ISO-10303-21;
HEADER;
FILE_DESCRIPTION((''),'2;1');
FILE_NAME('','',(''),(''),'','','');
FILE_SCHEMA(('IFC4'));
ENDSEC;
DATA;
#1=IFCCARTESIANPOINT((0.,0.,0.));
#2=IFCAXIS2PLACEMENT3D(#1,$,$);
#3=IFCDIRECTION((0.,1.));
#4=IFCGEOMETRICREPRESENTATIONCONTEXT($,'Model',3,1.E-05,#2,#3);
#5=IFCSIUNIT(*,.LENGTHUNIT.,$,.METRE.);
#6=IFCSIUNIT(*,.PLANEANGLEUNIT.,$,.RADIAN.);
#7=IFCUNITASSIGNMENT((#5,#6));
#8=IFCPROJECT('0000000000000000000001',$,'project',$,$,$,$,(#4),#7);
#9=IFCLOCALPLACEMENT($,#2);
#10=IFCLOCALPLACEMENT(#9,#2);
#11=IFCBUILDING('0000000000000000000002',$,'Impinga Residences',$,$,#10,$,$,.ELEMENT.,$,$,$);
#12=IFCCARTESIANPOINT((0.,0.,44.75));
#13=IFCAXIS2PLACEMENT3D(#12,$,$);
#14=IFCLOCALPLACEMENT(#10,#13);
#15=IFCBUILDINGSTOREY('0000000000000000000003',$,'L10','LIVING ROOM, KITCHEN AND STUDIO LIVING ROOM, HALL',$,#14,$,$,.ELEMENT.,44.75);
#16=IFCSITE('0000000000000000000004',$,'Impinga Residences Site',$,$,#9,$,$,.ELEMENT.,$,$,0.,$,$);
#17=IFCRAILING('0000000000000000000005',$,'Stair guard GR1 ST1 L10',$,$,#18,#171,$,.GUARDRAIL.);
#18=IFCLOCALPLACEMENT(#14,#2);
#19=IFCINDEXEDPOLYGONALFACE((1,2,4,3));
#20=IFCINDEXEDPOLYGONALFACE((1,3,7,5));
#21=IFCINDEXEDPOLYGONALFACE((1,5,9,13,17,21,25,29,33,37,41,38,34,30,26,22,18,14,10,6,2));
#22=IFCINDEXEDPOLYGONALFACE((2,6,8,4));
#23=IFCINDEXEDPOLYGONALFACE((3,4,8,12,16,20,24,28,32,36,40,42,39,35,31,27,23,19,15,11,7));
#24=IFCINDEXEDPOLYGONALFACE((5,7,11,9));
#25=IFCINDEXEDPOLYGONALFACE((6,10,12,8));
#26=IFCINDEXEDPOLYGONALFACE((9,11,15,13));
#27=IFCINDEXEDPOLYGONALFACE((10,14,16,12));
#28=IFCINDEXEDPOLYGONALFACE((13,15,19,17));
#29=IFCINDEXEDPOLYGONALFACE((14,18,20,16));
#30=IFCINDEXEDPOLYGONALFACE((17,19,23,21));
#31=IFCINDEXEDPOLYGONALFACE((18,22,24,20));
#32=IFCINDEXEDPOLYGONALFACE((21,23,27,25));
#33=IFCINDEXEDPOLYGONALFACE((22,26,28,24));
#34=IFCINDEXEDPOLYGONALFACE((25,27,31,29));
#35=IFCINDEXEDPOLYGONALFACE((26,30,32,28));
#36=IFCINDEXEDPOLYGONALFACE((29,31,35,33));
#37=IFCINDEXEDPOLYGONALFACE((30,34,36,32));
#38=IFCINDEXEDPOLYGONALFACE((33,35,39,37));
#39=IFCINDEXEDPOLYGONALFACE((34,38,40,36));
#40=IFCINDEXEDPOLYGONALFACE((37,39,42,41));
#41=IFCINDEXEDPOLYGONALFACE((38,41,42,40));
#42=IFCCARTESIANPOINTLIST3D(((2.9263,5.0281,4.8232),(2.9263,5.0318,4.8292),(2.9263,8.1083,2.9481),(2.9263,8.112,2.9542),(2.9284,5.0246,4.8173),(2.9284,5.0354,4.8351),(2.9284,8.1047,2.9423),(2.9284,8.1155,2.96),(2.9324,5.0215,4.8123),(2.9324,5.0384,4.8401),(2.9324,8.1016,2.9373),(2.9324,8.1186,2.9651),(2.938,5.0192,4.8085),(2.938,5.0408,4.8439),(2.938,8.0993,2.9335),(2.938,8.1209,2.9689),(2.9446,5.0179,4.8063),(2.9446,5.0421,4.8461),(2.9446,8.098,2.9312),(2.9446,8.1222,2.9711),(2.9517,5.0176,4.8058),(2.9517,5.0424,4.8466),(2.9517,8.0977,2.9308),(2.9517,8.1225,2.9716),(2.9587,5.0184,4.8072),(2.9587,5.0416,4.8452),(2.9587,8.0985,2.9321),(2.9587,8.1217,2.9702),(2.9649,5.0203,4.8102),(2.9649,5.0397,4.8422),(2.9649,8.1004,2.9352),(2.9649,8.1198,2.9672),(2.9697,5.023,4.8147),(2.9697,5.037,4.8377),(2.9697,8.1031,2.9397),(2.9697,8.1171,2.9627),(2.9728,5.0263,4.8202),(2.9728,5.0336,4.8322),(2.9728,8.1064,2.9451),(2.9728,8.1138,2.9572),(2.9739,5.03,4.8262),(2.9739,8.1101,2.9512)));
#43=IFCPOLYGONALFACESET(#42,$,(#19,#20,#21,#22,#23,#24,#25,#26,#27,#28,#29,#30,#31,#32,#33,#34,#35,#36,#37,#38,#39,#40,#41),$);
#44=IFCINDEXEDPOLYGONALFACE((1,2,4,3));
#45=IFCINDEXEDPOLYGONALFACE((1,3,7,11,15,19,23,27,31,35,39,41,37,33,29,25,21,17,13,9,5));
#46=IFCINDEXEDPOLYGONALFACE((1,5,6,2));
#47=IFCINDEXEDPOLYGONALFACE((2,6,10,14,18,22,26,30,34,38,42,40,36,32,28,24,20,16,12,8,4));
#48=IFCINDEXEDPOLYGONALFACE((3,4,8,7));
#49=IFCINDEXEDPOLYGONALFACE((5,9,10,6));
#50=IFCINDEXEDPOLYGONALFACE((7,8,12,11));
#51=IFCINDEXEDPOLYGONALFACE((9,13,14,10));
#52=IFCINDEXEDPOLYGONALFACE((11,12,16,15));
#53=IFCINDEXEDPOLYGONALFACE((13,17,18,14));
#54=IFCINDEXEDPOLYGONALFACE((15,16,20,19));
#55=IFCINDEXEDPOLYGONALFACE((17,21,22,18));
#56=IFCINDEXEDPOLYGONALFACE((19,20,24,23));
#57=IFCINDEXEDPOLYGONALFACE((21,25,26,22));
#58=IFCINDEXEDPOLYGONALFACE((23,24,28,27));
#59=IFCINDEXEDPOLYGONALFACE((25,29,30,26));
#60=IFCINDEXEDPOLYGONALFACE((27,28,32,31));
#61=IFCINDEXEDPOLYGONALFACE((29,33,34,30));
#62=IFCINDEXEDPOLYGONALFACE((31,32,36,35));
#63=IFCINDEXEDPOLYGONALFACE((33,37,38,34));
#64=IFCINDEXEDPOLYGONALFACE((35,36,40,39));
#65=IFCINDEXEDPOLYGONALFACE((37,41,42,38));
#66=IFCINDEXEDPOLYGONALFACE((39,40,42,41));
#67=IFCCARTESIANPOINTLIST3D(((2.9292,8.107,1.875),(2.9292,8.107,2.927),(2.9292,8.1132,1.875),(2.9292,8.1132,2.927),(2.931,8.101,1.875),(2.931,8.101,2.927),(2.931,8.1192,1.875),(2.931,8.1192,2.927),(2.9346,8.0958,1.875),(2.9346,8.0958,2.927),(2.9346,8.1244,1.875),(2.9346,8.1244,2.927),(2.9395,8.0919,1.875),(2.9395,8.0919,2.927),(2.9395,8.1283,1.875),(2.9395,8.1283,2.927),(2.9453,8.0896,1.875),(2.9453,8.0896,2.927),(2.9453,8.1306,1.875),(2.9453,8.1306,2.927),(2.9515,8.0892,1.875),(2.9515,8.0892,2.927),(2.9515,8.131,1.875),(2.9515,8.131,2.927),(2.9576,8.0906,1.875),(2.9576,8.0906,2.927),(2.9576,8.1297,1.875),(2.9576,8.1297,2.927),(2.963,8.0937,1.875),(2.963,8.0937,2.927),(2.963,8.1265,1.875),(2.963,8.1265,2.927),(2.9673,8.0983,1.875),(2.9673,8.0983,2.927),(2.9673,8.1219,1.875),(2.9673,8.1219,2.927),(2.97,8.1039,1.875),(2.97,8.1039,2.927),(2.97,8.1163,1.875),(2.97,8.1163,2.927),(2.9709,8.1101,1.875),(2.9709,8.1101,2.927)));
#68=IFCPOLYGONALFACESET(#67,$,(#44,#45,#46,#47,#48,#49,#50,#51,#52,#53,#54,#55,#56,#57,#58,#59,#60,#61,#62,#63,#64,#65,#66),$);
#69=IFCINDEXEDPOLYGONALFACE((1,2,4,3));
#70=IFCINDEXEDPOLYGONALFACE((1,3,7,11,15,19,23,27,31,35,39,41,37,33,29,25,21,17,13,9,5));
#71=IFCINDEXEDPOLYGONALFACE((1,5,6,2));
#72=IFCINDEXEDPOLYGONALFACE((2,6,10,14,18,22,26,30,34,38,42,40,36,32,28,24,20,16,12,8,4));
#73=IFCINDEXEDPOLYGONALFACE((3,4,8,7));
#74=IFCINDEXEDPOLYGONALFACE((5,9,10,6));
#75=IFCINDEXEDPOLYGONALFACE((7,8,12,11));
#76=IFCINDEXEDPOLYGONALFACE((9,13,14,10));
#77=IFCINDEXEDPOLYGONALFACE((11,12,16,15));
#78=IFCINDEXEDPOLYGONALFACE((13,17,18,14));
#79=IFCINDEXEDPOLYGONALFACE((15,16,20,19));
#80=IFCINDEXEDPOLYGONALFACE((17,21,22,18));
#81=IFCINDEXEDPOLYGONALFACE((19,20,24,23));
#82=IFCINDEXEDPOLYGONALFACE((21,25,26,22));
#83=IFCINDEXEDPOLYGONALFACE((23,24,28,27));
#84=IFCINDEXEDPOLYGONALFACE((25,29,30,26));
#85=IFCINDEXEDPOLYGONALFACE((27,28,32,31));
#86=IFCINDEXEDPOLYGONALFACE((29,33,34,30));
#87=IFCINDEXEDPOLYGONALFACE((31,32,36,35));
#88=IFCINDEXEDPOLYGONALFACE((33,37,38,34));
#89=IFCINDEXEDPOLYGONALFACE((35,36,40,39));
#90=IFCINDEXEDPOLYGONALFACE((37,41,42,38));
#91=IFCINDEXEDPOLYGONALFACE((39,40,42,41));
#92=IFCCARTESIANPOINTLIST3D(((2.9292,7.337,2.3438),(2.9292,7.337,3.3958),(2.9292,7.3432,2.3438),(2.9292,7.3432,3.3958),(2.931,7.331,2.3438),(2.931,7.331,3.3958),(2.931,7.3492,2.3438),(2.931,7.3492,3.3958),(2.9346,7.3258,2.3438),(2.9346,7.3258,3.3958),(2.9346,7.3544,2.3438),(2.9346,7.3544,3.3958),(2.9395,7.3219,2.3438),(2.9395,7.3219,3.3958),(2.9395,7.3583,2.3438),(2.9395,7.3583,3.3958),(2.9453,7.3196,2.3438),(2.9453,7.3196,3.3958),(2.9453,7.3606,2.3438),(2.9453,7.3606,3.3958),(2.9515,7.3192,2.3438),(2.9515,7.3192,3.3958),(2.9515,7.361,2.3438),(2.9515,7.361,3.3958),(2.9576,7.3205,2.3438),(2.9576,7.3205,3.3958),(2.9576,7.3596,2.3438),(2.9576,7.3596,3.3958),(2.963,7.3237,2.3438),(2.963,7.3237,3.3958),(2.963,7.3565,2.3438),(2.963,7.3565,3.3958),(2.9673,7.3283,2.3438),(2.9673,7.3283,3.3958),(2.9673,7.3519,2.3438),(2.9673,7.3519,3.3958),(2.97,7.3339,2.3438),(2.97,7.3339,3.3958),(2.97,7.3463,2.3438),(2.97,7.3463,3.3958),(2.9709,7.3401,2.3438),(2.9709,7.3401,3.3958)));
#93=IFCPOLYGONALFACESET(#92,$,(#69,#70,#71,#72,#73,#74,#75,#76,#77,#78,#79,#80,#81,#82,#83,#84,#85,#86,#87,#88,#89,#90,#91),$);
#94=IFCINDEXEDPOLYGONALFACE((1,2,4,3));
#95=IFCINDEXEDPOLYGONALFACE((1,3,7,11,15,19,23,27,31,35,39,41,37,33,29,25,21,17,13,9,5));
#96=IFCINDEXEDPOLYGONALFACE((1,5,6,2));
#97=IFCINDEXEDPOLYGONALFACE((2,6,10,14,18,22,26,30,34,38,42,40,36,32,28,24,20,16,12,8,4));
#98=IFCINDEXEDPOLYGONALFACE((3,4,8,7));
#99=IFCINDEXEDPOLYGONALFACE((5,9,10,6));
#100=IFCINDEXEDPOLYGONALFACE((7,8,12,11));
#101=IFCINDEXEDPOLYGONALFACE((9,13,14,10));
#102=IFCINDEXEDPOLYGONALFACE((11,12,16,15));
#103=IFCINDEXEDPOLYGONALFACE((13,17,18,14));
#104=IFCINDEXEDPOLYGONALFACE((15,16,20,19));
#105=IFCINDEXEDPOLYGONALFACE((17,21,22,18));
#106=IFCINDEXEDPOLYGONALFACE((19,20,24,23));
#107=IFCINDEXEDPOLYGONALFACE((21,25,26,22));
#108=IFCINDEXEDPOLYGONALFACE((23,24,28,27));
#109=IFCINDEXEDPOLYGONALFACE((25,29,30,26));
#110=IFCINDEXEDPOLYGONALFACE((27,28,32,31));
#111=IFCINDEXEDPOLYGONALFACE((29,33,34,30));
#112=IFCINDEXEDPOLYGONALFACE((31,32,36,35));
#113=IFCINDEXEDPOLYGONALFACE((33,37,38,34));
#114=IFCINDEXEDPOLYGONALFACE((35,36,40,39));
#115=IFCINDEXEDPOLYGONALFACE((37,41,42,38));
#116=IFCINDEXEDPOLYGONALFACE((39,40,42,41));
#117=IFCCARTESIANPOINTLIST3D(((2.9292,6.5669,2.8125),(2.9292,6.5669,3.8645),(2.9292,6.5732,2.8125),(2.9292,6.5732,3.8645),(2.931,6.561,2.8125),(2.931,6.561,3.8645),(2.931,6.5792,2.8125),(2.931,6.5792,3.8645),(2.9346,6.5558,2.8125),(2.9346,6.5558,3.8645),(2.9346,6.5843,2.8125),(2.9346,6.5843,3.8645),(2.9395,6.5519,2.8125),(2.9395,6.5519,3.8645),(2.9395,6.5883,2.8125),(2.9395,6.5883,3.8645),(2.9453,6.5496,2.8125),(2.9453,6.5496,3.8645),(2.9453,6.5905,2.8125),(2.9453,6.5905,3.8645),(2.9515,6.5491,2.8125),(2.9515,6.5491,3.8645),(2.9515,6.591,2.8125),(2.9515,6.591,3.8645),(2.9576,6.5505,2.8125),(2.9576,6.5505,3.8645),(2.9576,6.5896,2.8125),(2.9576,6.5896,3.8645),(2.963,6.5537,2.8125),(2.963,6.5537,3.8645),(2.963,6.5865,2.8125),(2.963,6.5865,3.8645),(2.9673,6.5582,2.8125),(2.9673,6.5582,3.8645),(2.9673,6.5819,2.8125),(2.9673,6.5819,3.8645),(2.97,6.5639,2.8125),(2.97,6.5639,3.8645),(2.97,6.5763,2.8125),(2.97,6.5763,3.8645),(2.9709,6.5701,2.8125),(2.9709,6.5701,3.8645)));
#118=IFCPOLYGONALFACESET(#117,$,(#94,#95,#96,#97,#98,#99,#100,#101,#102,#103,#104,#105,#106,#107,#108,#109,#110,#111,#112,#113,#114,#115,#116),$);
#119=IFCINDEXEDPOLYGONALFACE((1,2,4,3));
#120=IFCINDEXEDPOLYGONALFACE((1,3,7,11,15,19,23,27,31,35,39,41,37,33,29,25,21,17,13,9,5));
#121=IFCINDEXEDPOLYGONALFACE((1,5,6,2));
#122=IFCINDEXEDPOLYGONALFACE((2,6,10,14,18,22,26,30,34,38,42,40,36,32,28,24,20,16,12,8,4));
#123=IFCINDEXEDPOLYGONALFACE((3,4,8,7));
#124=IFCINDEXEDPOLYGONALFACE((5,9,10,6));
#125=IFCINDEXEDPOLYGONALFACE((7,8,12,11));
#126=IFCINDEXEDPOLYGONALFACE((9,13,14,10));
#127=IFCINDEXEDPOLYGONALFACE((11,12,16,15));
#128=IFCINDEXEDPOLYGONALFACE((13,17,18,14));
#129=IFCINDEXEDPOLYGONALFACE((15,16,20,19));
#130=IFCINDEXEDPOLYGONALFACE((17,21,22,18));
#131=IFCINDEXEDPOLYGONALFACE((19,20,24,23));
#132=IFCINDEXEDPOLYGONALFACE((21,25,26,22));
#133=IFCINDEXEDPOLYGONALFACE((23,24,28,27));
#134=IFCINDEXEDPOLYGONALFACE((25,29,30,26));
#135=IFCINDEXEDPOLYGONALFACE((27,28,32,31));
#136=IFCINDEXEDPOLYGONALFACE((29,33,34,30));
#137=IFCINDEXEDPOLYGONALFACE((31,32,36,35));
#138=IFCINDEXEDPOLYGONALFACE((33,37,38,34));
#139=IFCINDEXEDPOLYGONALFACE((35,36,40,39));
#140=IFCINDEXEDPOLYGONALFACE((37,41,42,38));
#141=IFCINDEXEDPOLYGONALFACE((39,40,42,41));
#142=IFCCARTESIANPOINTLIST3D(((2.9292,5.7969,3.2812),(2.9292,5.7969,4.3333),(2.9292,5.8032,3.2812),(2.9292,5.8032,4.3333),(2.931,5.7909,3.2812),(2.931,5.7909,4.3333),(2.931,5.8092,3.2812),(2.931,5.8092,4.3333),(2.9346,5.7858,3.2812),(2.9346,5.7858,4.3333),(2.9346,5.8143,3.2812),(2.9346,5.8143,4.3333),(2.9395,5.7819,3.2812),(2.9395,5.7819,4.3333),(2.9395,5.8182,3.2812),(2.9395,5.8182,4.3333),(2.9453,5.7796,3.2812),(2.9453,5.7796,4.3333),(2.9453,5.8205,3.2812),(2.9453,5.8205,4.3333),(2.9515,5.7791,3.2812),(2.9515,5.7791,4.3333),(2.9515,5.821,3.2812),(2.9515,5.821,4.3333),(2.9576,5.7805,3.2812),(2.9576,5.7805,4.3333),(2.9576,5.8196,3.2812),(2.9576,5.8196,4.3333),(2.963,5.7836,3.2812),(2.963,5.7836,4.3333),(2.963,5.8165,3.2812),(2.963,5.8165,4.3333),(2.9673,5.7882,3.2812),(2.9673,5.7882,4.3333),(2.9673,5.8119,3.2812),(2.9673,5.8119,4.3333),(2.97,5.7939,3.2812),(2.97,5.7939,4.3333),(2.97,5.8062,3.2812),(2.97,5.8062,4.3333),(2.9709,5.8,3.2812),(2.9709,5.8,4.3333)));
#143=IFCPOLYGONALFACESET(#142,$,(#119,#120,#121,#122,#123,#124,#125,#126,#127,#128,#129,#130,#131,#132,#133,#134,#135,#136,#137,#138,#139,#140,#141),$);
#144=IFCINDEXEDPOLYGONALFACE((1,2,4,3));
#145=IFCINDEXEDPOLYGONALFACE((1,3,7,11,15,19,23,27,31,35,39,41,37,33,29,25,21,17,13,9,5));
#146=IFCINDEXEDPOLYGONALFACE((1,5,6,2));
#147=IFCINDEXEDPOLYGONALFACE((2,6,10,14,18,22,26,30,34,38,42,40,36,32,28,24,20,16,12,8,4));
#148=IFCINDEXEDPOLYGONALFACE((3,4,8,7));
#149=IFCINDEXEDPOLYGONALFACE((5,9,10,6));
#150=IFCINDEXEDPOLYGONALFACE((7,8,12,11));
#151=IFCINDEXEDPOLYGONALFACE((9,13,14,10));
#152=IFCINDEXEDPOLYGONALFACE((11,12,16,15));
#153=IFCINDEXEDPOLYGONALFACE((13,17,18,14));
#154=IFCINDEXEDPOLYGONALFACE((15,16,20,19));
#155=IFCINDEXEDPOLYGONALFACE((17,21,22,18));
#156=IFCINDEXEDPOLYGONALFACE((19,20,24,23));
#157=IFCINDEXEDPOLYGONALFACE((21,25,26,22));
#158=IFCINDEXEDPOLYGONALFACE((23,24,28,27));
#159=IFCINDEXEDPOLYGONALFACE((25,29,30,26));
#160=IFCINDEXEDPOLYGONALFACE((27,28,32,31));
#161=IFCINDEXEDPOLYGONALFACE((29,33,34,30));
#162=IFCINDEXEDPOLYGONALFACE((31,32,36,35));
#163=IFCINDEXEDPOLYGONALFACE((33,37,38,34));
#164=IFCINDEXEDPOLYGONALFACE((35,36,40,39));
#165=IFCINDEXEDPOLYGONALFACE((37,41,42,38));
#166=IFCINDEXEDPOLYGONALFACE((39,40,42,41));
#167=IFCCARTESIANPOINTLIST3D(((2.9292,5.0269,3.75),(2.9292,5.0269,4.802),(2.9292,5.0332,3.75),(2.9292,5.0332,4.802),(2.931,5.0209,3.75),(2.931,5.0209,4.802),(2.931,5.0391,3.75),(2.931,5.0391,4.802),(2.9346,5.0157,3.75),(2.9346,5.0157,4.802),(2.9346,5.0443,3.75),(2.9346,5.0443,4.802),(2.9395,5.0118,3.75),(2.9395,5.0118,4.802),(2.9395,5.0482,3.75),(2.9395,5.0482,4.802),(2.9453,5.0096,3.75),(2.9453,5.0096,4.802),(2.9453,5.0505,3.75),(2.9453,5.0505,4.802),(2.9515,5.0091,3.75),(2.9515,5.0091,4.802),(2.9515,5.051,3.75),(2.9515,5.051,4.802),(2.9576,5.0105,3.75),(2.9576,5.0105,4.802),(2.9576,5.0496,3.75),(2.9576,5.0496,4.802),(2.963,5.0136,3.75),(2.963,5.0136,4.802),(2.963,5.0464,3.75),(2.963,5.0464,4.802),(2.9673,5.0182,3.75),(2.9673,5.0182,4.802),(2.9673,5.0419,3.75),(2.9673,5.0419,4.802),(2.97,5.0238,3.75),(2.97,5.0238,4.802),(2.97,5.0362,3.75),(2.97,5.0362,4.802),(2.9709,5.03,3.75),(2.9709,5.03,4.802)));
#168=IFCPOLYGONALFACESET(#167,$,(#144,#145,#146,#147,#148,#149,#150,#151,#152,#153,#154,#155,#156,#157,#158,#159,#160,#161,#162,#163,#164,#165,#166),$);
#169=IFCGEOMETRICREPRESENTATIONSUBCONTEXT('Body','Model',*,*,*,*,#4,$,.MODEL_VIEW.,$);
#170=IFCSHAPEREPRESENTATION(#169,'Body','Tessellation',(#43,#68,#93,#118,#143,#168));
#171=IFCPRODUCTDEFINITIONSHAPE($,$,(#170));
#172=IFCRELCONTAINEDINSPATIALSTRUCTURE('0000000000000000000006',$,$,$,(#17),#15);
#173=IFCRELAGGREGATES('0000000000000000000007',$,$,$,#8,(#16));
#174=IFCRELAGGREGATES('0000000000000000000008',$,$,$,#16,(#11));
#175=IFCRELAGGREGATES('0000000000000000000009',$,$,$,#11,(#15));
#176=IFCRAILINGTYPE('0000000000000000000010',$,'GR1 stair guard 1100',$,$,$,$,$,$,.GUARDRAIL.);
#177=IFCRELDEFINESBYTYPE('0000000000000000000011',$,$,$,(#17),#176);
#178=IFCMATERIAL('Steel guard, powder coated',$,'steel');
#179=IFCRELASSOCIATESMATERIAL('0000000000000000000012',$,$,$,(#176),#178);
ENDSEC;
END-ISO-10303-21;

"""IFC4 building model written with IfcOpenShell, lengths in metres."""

from ifc_helpers import new_model, si_unit, direction, frame, origin, origin_2d, place, context, subcontext, project, spatial, circle, extrude, material, type_object, element, save


model = new_model("IFC4")

# Units and contexts
model_context = context("Model", 3, precision=1e-05, world=origin(), true_north=direction((0.0, 1.0)))
body_context = subcontext(model_context, "Body", "Model", "MODEL_VIEW")
ifc_project = project(units=[si_unit("LENGTHUNIT", "METRE"), si_unit("PLANEANGLEUNIT", "RADIAN")], contexts=[model_context])

# Site, building, storey
site_placement = place(None, origin())
site = spatial("IfcSite", under=ifc_project, at=site_placement, Name="Impinga Residences Site", CompositionType="ELEMENT", RefElevation=0.0)
building_placement = place(site_placement, origin())
building = spatial("IfcBuilding", under=site, at=building_placement, Name="Impinga Residences", CompositionType="ELEMENT")
storey_placement = place(building_placement, frame((0.0, 0.0, 44.75)))
storey = spatial("IfcBuildingStorey", under=building, at=storey_placement, Name="L10", Description="LIVING ROOM, KITCHEN AND STUDIO LIVING ROOM, HALL", CompositionType="ELEMENT", Elevation=44.75)

# Railing
ifc_material_1 = material(Name="Steel guard, powder coated", Category="steel")
railing_type_1 = type_object("IfcRailingType", Name="GR1 stair guard 1100", PredefinedType="GUARDRAIL", material=ifc_material_1)
railing_1_placement = place(storey_placement, frame((2.95, 8.1101, 1.875)))
element("IfcRailing", 1, at=railing_1_placement, inside=storey, type_object=railing_type_1, Name="Stair guard GR1 ST1 L10", PredefinedType="GUARDRAIL", context=body_context, shape_type="SweptSolid", body=[
    extrude(circle(Radius=0.0239, at=origin_2d()), frame((0.0, 0.0, 1.0762), z_axis=(0.0, -0.854178, 0.519981), x_axis=(1.0, 0.0, 0.0)), (0.0, 0.0, 1.0), 3.606),
    extrude(circle(Radius=0.021, at=origin_2d()), origin(), (0.0, 0.0, 1.0), 1.052),
    extrude(circle(Radius=0.021, at=origin_2d()), frame((0.0, -0.77, 0.4688)), (0.0, 0.0, 1.0), 1.052),
    extrude(circle(Radius=0.021, at=origin_2d()), frame((0.0, -1.54, 0.9375)), (0.0, 0.0, 1.0), 1.052),
    extrude(circle(Radius=0.021, at=origin_2d()), frame((0.0, -2.3101, 1.4062)), (0.0, 0.0, 1.0), 1.052),
    extrude(circle(Radius=0.021, at=origin_2d()), frame((0.0, -3.0801, 1.875)), (0.0, 0.0, 1.0), 1.052),
])

save(model, "model.ifc")
